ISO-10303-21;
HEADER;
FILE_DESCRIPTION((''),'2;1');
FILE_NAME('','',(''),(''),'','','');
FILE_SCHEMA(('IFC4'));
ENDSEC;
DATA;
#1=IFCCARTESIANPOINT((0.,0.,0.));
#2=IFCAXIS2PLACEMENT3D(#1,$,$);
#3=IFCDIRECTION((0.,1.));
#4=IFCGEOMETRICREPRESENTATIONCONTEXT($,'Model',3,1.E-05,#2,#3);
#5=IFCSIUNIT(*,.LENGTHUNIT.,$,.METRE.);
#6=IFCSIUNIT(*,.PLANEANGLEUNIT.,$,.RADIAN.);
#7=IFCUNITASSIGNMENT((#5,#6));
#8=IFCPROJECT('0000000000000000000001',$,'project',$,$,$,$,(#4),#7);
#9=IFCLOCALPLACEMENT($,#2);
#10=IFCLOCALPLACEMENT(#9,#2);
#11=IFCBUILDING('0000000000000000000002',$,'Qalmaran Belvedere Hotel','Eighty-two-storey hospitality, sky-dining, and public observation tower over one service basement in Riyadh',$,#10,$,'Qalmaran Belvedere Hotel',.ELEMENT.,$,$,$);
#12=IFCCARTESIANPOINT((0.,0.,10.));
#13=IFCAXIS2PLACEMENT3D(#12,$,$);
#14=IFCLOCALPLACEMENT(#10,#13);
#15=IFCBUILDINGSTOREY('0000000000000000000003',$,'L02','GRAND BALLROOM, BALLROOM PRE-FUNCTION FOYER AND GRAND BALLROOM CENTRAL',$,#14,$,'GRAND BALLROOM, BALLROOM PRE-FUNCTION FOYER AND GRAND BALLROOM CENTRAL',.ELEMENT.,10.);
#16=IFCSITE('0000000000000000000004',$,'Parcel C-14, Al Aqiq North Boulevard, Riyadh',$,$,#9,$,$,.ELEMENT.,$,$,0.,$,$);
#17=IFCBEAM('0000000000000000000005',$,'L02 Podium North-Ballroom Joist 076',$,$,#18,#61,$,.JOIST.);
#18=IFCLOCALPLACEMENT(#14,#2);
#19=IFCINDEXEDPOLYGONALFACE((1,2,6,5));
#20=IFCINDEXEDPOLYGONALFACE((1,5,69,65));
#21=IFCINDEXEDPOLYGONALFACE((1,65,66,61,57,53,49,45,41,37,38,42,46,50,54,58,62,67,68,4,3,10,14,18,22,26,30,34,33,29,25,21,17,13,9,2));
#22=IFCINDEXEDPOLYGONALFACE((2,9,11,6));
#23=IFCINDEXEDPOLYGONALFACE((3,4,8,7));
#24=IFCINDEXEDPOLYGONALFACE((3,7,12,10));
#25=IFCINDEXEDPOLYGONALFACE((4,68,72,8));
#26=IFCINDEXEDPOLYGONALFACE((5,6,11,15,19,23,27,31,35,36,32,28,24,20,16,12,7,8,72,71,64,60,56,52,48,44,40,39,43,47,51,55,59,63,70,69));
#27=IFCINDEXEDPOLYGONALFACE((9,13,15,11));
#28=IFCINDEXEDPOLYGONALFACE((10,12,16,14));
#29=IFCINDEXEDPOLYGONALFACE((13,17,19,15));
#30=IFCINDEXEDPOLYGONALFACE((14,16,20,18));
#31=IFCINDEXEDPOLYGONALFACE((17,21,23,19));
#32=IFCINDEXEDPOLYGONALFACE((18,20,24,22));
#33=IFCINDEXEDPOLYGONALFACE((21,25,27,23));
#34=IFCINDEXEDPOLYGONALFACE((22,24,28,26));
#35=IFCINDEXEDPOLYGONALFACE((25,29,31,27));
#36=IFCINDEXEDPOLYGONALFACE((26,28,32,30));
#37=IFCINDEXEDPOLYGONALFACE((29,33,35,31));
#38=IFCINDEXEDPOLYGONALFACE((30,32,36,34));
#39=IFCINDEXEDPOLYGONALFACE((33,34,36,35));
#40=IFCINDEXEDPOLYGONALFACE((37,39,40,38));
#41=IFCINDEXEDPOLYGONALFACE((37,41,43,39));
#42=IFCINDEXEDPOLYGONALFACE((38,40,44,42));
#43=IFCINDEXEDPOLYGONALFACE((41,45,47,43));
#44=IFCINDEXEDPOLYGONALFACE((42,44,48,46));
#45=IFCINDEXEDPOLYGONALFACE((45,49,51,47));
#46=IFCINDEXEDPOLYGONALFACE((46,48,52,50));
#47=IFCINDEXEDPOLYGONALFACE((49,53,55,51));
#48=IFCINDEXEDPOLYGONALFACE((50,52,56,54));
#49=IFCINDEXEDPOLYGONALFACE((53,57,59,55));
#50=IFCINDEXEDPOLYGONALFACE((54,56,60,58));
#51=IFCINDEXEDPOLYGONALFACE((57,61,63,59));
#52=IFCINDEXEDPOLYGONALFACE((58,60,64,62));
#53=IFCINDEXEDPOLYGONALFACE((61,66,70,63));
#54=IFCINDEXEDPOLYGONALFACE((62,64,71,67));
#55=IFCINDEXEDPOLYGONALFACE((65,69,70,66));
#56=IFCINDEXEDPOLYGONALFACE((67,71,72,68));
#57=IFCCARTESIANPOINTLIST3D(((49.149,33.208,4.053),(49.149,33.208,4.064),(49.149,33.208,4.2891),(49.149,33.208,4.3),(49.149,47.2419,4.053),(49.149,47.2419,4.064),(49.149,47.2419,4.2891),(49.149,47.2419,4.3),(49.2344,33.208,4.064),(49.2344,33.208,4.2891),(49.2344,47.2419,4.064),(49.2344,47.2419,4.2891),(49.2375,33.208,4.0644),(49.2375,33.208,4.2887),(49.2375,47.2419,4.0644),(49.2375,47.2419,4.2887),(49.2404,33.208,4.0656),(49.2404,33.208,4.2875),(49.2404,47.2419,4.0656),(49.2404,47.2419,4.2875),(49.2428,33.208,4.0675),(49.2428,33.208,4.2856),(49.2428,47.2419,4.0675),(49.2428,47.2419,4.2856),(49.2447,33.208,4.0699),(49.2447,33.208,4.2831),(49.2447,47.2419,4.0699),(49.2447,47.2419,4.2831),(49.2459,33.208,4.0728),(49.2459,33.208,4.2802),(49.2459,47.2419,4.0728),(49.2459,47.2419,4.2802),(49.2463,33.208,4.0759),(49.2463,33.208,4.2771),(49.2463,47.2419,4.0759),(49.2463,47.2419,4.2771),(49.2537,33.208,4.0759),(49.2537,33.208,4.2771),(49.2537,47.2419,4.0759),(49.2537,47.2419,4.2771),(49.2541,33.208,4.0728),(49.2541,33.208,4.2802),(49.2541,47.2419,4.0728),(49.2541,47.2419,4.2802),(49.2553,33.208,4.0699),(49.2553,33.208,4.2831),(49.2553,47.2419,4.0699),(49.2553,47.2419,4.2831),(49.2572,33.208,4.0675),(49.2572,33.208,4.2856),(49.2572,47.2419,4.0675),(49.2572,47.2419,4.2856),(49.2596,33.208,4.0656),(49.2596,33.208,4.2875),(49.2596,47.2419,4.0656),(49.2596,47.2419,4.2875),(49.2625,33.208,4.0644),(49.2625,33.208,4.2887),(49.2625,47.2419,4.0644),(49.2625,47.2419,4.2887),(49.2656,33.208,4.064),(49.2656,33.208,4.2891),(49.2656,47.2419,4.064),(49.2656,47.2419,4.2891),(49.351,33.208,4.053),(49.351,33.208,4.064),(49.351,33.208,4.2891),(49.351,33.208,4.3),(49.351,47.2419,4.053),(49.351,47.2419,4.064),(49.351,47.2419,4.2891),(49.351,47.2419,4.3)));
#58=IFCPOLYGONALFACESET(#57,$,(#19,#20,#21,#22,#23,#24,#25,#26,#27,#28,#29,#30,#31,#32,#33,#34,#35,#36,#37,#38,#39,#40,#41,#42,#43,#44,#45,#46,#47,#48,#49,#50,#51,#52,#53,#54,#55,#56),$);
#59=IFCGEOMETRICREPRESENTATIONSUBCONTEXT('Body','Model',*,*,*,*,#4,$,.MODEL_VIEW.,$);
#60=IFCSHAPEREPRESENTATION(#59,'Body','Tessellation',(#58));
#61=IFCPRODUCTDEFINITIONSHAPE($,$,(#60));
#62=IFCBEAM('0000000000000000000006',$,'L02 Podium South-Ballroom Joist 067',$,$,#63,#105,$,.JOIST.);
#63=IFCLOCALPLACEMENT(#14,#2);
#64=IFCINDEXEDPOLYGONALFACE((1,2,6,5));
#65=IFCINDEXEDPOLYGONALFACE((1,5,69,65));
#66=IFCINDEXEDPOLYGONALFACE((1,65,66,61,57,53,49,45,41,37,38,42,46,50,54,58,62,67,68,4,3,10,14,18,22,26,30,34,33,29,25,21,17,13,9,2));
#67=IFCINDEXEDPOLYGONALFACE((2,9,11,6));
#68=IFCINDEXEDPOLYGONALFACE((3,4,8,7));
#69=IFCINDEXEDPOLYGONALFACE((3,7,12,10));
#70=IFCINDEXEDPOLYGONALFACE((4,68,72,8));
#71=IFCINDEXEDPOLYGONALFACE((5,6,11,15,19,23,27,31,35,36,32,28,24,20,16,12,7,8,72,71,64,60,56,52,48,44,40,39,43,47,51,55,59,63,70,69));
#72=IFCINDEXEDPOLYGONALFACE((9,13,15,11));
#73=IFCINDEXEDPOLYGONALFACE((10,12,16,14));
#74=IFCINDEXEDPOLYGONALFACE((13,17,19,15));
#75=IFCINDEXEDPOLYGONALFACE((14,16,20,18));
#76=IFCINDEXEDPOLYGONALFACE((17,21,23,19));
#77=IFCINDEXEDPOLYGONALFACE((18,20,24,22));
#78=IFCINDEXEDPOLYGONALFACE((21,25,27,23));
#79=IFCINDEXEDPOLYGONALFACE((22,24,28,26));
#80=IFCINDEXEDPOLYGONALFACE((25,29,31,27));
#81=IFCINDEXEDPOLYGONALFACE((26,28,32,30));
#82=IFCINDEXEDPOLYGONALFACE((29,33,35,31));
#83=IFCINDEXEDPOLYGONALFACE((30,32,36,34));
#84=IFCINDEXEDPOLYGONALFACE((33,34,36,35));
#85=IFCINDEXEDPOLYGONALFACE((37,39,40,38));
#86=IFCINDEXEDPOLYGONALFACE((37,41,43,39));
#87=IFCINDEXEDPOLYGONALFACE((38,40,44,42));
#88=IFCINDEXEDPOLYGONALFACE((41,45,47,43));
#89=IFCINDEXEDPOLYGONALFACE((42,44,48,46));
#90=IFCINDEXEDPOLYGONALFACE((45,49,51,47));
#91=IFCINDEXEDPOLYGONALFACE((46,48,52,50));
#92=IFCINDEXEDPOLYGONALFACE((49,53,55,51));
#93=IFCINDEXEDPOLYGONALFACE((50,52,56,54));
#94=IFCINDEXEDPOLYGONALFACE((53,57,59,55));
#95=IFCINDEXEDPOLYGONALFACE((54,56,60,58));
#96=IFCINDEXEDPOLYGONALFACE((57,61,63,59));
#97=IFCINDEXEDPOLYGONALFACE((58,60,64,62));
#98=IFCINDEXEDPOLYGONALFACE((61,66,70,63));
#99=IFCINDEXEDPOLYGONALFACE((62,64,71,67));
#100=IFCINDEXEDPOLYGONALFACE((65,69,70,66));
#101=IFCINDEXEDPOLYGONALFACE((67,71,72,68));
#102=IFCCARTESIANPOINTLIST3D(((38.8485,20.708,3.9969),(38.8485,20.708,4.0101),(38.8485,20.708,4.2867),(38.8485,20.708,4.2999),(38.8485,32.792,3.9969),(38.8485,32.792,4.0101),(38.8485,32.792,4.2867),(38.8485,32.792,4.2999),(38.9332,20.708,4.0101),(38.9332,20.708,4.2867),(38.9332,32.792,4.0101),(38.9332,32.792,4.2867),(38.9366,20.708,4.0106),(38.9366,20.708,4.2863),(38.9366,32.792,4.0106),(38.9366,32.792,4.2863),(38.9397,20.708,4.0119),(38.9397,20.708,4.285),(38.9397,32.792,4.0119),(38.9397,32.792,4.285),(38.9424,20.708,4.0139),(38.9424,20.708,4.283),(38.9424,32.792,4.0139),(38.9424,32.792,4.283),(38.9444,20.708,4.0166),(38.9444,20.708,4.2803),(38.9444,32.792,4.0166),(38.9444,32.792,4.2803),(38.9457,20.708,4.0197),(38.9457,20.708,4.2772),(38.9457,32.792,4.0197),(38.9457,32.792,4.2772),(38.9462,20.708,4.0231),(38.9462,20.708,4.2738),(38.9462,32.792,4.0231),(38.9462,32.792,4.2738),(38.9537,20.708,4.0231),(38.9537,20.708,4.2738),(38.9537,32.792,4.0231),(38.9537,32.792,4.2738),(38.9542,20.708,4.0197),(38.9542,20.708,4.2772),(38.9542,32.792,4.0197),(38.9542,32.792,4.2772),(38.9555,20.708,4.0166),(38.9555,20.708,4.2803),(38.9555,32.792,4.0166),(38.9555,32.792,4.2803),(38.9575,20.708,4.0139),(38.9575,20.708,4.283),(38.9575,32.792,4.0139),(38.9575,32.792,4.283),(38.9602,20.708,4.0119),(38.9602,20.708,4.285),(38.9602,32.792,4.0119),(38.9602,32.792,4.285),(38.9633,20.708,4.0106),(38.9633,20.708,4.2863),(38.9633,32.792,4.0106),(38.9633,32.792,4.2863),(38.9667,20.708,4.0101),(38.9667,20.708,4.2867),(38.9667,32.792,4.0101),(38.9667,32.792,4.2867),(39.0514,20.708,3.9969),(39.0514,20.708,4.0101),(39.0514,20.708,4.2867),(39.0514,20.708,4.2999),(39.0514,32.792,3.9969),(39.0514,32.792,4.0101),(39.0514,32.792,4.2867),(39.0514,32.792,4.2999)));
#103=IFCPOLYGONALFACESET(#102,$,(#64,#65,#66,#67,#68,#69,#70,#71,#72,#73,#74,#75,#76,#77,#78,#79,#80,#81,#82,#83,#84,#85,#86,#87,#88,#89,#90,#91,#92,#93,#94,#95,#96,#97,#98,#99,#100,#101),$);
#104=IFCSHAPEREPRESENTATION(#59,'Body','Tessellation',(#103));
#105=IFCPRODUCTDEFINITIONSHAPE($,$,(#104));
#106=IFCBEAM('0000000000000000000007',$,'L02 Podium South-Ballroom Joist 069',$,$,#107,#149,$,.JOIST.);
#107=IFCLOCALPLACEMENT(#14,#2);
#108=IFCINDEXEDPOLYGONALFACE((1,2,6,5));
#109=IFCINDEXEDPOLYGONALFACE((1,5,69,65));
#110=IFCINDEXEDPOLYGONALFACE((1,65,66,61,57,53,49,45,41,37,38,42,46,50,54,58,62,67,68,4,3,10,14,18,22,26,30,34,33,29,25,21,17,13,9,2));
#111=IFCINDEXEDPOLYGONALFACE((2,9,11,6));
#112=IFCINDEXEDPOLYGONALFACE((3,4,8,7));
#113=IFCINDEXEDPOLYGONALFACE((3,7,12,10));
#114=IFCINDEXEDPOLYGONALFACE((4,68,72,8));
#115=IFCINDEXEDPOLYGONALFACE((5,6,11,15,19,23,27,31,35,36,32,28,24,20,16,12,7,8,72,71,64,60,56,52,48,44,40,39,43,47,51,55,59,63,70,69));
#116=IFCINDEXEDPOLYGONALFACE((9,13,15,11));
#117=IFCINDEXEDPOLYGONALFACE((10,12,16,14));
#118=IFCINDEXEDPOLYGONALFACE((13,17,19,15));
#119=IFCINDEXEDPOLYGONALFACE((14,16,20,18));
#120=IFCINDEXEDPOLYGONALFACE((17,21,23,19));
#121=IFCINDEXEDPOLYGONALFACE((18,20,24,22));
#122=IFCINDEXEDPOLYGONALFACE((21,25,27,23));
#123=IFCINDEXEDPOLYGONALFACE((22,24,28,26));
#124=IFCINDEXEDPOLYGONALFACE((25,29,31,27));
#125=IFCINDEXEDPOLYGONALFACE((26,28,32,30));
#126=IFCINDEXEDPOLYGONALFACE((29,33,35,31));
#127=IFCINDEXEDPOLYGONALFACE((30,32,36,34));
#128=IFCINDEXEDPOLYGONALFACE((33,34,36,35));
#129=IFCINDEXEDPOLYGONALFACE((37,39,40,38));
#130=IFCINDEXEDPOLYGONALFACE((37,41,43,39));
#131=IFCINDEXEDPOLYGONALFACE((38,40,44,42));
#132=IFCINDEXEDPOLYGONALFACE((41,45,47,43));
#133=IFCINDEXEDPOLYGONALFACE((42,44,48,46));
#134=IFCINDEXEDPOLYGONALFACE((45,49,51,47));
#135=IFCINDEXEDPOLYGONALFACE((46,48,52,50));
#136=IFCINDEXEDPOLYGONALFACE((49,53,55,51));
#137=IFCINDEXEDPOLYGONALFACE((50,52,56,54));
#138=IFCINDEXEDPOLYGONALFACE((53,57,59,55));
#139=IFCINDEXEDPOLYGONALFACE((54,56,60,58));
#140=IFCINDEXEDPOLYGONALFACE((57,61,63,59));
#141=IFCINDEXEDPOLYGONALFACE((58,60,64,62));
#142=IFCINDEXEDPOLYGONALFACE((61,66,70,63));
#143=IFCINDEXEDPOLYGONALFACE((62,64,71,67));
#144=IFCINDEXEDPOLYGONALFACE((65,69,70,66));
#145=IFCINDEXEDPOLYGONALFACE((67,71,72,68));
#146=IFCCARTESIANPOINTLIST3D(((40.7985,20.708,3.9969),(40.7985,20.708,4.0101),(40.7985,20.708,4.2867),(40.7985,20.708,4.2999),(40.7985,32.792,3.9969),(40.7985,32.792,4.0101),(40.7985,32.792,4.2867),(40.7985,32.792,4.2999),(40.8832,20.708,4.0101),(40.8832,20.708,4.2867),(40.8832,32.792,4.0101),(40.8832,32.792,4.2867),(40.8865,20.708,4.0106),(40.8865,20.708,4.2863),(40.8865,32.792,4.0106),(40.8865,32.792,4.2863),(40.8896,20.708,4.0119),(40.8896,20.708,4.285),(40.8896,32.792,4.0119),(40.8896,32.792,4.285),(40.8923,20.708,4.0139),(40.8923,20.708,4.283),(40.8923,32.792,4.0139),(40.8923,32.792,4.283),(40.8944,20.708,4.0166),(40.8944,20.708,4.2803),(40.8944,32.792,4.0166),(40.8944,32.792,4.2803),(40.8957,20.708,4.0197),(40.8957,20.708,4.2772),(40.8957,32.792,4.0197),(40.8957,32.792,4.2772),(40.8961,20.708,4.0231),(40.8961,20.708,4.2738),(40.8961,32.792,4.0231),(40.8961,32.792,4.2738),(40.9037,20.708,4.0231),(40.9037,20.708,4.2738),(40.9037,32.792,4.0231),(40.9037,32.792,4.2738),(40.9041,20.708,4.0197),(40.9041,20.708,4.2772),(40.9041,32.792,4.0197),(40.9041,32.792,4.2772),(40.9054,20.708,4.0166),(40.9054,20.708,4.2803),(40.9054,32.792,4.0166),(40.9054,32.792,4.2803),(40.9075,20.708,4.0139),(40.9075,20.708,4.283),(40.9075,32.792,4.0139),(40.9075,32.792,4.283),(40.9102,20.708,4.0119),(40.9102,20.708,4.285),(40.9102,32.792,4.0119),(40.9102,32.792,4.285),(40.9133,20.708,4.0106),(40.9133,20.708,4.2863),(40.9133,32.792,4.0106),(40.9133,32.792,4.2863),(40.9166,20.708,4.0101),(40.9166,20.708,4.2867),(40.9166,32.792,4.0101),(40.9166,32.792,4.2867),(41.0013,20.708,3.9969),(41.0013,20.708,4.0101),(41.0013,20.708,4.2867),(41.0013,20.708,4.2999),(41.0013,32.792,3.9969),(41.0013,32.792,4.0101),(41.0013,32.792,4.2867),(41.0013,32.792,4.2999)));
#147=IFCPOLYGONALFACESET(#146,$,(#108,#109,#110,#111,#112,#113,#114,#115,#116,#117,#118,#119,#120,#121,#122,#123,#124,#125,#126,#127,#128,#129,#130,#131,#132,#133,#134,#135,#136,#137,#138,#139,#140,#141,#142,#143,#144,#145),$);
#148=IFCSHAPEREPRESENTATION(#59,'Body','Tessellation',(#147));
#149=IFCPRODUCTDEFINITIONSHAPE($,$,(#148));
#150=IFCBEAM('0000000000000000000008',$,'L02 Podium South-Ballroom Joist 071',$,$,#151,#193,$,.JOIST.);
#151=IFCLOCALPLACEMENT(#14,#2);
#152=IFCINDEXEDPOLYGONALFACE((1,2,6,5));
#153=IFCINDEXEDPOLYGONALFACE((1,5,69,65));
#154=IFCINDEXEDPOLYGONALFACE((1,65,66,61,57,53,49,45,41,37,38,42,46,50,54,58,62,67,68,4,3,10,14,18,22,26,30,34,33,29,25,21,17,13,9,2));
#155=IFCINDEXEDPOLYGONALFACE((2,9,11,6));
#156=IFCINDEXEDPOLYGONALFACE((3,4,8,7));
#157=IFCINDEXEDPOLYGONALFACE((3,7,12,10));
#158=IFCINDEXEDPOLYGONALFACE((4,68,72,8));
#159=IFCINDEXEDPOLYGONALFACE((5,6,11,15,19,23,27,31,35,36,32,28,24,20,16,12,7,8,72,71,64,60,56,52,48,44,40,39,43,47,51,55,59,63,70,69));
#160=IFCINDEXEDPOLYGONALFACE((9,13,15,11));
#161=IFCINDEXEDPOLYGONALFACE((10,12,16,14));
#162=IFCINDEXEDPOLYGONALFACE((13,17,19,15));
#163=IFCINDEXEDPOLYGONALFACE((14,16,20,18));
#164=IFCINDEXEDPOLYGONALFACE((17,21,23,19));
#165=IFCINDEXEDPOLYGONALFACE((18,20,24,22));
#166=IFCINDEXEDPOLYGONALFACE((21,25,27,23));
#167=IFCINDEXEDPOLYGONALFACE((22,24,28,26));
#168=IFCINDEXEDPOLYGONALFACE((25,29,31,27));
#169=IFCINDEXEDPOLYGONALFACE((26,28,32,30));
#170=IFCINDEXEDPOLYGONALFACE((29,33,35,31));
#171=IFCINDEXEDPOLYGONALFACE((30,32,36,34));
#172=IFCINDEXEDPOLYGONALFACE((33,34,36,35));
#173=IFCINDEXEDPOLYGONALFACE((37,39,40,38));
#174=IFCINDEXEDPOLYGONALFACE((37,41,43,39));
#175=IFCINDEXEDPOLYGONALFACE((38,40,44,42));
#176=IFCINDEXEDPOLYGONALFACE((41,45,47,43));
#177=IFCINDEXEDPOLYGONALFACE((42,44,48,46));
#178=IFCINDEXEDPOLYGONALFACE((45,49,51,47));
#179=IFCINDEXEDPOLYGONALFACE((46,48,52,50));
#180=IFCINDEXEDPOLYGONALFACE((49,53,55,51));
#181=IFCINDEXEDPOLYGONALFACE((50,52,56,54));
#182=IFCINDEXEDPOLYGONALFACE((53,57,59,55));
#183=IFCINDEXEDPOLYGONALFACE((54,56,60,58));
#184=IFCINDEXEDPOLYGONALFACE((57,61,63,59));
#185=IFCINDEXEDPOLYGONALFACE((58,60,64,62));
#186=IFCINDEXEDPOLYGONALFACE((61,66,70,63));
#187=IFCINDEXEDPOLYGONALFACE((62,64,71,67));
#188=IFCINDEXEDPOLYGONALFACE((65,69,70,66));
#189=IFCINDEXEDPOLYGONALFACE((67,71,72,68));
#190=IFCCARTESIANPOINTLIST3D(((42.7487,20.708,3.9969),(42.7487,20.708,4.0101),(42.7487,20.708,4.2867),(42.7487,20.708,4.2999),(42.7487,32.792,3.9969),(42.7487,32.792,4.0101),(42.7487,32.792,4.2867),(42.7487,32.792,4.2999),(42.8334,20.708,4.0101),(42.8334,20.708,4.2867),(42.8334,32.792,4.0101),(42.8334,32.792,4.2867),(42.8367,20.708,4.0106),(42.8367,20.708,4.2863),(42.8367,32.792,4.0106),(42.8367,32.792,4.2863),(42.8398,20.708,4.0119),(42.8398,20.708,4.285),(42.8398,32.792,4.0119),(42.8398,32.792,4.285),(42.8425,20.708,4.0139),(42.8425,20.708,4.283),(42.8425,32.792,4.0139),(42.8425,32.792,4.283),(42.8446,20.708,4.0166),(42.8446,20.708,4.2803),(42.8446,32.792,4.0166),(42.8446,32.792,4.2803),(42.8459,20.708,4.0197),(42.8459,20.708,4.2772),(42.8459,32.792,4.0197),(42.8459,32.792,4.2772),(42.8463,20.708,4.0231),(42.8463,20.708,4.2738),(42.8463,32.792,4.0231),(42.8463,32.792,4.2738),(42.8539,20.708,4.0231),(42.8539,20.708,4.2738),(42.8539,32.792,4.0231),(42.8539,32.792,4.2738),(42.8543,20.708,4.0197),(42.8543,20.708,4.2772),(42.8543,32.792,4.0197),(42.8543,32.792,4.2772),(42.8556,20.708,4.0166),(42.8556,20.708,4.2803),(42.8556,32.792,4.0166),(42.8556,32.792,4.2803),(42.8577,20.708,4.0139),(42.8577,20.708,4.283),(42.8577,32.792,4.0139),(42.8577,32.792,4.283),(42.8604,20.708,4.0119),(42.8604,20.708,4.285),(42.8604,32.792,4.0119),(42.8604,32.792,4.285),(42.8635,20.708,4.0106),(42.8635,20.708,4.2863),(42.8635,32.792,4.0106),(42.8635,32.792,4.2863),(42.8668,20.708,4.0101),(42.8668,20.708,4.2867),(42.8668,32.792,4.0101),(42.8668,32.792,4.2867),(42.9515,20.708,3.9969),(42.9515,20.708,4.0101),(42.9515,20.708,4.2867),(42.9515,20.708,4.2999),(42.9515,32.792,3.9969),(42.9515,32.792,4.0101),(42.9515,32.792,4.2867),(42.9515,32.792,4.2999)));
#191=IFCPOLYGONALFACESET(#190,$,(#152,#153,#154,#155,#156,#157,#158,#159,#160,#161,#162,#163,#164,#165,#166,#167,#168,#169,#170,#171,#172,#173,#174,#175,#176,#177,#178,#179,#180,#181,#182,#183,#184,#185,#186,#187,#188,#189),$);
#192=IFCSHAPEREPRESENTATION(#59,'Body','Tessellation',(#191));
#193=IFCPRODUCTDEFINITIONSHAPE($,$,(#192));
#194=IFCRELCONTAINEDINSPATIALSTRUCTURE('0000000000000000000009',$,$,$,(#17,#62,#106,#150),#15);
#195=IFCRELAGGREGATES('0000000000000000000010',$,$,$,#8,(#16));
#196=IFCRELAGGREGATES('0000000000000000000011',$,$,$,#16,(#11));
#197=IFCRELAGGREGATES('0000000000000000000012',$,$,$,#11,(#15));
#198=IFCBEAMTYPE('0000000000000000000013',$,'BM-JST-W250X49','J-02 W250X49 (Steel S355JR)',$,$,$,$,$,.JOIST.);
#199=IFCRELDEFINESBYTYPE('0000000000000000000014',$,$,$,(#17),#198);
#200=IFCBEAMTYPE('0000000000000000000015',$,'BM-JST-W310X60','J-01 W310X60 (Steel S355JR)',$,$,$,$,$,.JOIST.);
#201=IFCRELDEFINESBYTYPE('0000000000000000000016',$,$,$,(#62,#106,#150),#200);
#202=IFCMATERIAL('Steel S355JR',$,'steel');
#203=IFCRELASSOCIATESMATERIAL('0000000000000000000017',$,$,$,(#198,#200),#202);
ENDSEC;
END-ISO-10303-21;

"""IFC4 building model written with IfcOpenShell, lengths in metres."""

from ifc_helpers import new_model, si_unit, direction, frame, origin, origin_2d, place, context, subcontext, project, spatial, i_section, extrude, material, material_profile, profile_set, type_object, element, save


model = new_model("IFC4")

# Units and contexts
model_context = context("Model", 3, precision=1e-05, world=origin(), true_north=direction((0.0, 1.0)))
body_context = subcontext(model_context, "Body", "Model", "MODEL_VIEW")
ifc_project = project(units=[si_unit("LENGTHUNIT", "METRE"), si_unit("PLANEANGLEUNIT", "RADIAN")], contexts=[model_context])

# Site, building, storey
site_placement = place(None, origin())
site = spatial("IfcSite", under=ifc_project, at=site_placement, Name="Parcel C-14, Al Aqiq North Boulevard, Riyadh", CompositionType="ELEMENT", RefElevation=0.0)
building_placement = place(site_placement, origin())
building = spatial("IfcBuilding", under=site, at=building_placement, Name="Qalmaran Belvedere Hotel", Description="Eighty-two-storey hospitality, sky-dining, and public observation tower over one service basement in Riyadh", LongName="Qalmaran Belvedere Hotel", CompositionType="ELEMENT")
storey_placement = place(building_placement, frame((0.0, 0.0, 10.0)))
storey = spatial("IfcBuildingStorey", under=building, at=storey_placement, Name="L02", Description="GRAND BALLROOM, BALLROOM PRE-FUNCTION FOYER AND GRAND BALLROOM CENTRAL", LongName="GRAND BALLROOM, BALLROOM PRE-FUNCTION FOYER AND GRAND BALLROOM CENTRAL", CompositionType="ELEMENT", Elevation=10.0)

# Beams
ifc_material_1 = material(Name="Steel S355JR", Category="steel")
ifc_material_profile_1 = material_profile(ifc_material_1, i_section(OverallWidth=0.2019, OverallDepth=0.2471, WebThickness=0.0073, FlangeThickness=0.011, FilletRadius=0.012, at=origin_2d()), Name="W250X49")
ifc_profile_set_1 = profile_set([ifc_material_profile_1], Name="Steel S355JR")
beam_type_1 = type_object("IfcBeamType", Name="BM-JST-W250X49", Description="J-02 W250X49 (Steel S355JR)", PredefinedType="JOIST", material=ifc_profile_set_1)
for number, where, z_axis, x_axis, name in (
    (1, (49.25, 33.208, 4.1765), (0.0, 1.0, 0.0), (-1.0, 0.0, 0.0), "L02 Podium North-Ballroom Joist 076"),
):
    element("IfcBeam", number, at=place(storey_placement, frame(where, z_axis=z_axis, x_axis=x_axis)), inside=storey, type_object=beam_type_1, Name=name, PredefinedType="JOIST", context=body_context, shape_type="SweptSolid", body=[
        extrude(i_section(OverallWidth=0.2019, OverallDepth=0.2471, WebThickness=0.0073, FlangeThickness=0.011, FilletRadius=0.012, at=origin_2d()), origin(), (0.0, 0.0, 1.0), 14.0339),
    ])
ifc_material_profile_2 = material_profile(ifc_material_1, i_section(OverallWidth=0.2029, OverallDepth=0.303, WebThickness=0.0076, FlangeThickness=0.0132, FilletRadius=0.0129, at=origin_2d()), Name="W310X60")
ifc_profile_set_2 = profile_set([ifc_material_profile_2], Name="Steel S355JR")
beam_type_2 = type_object("IfcBeamType", Name="BM-JST-W310X60", Description="J-01 W310X60 (Steel S355JR)", PredefinedType="JOIST", material=ifc_profile_set_2)
for number, where, z_axis, x_axis, name in (
    (2, (38.95, 20.708, 4.1484), (0.0, 1.0, 0.0), (-1.0, 0.0, 0.0), "L02 Podium South-Ballroom Joist 067"),
    (3, (40.8999, 20.708, 4.1484), (0.0, 1.0, 0.0), (-1.0, 0.0, 0.0), "L02 Podium South-Ballroom Joist 069"),
    (4, (42.8501, 20.708, 4.1484), (0.0, 1.0, 0.0), (-1.0, 0.0, 0.0), "L02 Podium South-Ballroom Joist 071"),
):
    element("IfcBeam", number, at=place(storey_placement, frame(where, z_axis=z_axis, x_axis=x_axis)), inside=storey, type_object=beam_type_2, Name=name, PredefinedType="JOIST", context=body_context, shape_type="SweptSolid", body=[
        extrude(i_section(OverallWidth=0.2029, OverallDepth=0.303, WebThickness=0.0076, FlangeThickness=0.0132, FilletRadius=0.0129, at=origin_2d()), origin(), (0.0, 0.0, 1.0), 12.084),
    ])

save(model, "model.ifc")
